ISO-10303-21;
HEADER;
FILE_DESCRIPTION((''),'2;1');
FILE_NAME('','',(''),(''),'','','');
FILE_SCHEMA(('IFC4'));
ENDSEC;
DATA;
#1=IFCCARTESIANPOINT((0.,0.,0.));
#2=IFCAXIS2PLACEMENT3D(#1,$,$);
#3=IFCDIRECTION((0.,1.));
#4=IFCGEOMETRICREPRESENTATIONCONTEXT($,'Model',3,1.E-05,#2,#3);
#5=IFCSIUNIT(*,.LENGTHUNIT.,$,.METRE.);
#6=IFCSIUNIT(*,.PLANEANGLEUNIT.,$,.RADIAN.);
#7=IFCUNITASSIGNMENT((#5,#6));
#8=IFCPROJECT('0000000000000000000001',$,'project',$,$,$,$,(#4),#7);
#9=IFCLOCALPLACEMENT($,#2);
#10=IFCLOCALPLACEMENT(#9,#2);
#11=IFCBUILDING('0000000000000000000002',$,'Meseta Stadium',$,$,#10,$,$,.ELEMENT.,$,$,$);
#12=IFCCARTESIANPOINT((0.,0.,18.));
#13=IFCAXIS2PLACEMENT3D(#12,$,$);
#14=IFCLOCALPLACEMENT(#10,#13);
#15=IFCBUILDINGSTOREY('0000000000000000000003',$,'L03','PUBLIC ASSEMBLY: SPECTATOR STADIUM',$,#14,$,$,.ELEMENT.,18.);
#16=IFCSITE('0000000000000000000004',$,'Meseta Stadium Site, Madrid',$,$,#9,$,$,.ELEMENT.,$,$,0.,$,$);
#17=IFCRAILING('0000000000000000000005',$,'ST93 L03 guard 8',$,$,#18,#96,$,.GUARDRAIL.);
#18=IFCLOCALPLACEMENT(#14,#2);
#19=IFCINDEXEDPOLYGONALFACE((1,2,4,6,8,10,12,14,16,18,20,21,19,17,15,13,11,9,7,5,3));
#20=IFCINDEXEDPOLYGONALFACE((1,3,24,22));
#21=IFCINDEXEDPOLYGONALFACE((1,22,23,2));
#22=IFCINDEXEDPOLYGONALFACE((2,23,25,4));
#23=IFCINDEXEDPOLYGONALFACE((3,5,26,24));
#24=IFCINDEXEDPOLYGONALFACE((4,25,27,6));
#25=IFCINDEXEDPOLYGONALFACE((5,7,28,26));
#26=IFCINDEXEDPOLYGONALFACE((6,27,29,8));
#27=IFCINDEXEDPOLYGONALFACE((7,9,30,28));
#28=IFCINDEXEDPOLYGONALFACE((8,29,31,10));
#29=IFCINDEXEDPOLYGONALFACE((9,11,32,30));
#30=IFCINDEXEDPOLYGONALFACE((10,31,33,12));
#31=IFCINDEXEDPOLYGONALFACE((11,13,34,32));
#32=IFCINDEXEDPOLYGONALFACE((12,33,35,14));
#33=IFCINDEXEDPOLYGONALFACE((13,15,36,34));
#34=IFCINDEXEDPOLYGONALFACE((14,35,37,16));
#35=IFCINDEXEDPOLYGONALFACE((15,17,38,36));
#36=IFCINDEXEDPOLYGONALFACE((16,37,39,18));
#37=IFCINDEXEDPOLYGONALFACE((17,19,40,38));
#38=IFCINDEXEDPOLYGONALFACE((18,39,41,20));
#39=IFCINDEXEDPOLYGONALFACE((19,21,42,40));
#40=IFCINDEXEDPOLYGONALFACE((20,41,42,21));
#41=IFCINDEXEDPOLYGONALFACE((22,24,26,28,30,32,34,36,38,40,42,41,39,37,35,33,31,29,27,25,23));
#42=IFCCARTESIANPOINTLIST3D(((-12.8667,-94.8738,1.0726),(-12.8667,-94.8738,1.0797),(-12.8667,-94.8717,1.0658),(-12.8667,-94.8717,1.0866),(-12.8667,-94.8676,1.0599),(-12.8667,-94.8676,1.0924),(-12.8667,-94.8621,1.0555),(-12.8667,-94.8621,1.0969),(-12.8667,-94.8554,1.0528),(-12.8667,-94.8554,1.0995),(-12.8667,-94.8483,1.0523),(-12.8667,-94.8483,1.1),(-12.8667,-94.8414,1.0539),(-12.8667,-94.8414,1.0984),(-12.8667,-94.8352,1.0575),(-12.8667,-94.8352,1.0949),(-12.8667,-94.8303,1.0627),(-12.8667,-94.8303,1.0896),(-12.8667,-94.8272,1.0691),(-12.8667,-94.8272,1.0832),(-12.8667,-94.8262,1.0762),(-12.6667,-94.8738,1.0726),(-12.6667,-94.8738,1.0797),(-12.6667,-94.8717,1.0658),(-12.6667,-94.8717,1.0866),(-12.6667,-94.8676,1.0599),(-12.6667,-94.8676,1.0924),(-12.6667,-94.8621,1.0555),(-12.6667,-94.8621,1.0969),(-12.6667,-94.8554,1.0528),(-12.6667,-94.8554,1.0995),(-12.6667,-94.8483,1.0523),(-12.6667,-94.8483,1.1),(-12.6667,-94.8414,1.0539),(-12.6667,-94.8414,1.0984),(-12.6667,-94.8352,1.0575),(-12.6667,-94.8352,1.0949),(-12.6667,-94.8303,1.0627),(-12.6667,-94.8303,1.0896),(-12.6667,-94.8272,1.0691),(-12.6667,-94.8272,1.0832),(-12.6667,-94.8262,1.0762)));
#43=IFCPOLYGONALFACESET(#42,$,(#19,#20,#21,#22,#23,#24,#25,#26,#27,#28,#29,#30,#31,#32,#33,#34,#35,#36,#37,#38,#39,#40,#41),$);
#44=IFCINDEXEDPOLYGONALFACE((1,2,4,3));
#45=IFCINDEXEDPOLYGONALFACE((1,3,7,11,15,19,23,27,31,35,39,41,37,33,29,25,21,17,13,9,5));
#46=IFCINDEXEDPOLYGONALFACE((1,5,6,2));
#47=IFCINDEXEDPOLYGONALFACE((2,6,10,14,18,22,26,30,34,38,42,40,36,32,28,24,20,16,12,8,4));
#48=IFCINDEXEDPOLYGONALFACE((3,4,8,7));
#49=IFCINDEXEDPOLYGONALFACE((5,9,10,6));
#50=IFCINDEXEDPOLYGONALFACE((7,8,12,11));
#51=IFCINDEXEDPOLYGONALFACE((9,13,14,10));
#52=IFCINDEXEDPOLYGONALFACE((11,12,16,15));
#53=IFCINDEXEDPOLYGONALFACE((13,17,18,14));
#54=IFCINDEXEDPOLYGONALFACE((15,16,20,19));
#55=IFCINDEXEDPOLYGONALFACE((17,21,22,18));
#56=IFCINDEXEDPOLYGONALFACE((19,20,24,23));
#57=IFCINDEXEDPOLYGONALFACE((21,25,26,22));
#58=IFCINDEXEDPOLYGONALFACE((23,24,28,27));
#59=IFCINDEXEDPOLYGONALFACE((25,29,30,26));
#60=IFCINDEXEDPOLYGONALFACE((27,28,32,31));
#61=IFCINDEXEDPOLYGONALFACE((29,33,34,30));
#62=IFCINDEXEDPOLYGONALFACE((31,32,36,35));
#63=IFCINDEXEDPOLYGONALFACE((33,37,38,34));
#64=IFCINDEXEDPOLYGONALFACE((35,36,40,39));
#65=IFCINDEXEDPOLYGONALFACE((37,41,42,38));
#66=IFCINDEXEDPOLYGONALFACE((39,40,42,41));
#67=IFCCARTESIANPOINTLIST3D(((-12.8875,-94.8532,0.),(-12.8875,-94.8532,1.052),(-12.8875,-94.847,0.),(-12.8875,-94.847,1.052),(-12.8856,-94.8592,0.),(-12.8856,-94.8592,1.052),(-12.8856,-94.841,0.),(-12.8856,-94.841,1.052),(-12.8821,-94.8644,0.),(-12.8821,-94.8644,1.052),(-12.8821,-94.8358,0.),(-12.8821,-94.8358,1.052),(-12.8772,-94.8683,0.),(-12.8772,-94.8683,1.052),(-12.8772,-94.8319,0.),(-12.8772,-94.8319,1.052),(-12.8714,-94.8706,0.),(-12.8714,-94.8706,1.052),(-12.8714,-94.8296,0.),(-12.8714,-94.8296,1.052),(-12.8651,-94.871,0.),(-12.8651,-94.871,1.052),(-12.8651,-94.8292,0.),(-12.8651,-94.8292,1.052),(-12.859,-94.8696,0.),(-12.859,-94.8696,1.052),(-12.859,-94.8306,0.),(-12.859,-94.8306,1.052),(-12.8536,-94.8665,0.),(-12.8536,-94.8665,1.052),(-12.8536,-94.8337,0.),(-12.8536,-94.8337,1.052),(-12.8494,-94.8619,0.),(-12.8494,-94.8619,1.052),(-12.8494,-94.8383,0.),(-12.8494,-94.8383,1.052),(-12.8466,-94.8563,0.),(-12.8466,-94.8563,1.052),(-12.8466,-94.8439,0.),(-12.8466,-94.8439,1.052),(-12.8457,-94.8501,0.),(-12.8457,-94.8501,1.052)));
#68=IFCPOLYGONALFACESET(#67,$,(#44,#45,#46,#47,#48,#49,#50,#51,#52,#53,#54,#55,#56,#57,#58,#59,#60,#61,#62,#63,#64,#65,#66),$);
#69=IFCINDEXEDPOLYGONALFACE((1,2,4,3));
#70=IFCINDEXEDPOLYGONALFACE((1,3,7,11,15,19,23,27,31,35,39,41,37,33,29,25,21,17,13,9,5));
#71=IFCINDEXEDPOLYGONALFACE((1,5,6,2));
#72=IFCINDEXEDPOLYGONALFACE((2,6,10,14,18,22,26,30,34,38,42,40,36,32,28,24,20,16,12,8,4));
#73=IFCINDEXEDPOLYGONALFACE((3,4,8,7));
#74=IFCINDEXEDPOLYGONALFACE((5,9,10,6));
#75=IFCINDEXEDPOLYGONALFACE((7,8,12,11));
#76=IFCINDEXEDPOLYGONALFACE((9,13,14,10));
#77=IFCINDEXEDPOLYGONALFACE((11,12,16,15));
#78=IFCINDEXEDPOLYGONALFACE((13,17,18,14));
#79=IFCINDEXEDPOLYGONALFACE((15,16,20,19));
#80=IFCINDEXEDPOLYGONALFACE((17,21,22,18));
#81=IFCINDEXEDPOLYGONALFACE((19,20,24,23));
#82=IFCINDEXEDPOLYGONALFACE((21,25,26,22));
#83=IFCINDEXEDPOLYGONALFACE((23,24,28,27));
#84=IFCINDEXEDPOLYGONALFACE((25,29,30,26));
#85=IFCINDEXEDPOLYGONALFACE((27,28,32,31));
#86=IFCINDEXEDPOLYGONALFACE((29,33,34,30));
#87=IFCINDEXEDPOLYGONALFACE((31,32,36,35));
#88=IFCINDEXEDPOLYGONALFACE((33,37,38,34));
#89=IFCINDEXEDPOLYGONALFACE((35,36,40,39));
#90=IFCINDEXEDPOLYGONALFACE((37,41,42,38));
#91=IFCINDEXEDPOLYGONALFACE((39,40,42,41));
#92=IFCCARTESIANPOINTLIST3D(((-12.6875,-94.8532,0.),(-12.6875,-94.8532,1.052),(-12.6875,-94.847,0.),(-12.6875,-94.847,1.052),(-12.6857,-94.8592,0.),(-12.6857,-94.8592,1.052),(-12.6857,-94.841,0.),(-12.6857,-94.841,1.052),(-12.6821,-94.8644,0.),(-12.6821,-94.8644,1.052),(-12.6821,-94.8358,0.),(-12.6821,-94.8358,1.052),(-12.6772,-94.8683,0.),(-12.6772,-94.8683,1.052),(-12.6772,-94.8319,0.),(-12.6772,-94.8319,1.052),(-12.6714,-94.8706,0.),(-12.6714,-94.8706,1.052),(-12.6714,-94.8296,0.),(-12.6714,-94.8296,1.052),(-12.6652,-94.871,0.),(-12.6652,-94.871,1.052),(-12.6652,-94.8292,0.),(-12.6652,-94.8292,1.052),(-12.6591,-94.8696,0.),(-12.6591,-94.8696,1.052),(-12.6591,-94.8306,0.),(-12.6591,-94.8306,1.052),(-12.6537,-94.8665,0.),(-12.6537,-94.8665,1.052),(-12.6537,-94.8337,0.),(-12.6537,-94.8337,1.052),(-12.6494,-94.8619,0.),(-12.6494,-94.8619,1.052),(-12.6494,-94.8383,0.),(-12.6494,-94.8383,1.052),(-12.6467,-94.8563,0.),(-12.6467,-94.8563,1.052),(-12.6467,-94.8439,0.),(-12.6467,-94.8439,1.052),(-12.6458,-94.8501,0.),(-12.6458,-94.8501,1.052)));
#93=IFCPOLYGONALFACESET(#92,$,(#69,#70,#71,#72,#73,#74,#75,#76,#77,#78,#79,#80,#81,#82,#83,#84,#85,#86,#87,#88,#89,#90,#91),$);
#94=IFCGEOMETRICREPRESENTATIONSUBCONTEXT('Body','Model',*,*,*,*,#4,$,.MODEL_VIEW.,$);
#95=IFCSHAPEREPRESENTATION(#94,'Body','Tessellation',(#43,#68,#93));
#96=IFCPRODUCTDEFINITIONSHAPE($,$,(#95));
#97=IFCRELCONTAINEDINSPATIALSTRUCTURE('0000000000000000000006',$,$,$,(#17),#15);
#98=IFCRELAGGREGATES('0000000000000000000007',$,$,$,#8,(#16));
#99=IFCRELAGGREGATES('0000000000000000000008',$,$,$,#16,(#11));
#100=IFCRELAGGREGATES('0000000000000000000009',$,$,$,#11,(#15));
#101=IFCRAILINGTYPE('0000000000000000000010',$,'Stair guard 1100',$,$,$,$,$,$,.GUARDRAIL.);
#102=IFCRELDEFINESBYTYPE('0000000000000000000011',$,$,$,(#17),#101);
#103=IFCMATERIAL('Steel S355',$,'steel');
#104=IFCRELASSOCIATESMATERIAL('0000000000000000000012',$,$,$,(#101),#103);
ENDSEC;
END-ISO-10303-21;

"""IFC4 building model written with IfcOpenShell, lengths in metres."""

from ifc_helpers import new_model, si_unit, direction, frame, origin, origin_2d, place, context, subcontext, project, spatial, circle, extrude, material, type_object, element, save


model = new_model("IFC4")

# Units and contexts
model_context = context("Model", 3, precision=1e-05, world=origin(), true_north=direction((0.0, 1.0)))
body_context = subcontext(model_context, "Body", "Model", "MODEL_VIEW")
ifc_project = project(units=[si_unit("LENGTHUNIT", "METRE"), si_unit("PLANEANGLEUNIT", "RADIAN")], contexts=[model_context])

# Site, building, storey
site_placement = place(None, origin())
site = spatial("IfcSite", under=ifc_project, at=site_placement, Name="Meseta Stadium Site, Madrid", CompositionType="ELEMENT", RefElevation=0.0)
building_placement = place(site_placement, origin())
building = spatial("IfcBuilding", under=site, at=building_placement, Name="Meseta Stadium", CompositionType="ELEMENT")
storey_placement = place(building_placement, frame((0.0, 0.0, 18.0)))
storey = spatial("IfcBuildingStorey", under=building, at=storey_placement, Name="L03", Description="PUBLIC ASSEMBLY: SPECTATOR STADIUM", CompositionType="ELEMENT", Elevation=18.0)

# Railing
ifc_material_1 = material(Name="Steel S355", Category="steel")
railing_type_1 = type_object("IfcRailingType", Name="Stair guard 1100", PredefinedType="GUARDRAIL", material=ifc_material_1)
for number, where, name in (
    (1, (-12.8667, -94.8501, 0.0), "ST93 L03 guard 8"),
):
    element("IfcRailing", number, at=place(storey_placement, frame(where)), inside=storey, type_object=railing_type_1, Name=name, PredefinedType="GUARDRAIL", context=body_context, shape_type="SweptSolid", body=[
        extrude(circle(Radius=0.0239, at=origin_2d()), frame((0.0, 0.0, 1.0762), z_axis=(1.0, 0.0, 0.0), x_axis=(0.0, 1.0, 0.0)), (0.0, 0.0, 1.0), 0.2),
        extrude(circle(Radius=0.021, at=origin_2d()), origin(), (0.0, 0.0, 1.0), 1.052),
        extrude(circle(Radius=0.021, at=origin_2d()), frame((0.2, 0.0, 0.0)), (0.0, 0.0, 1.0), 1.052),
    ])

save(model, "model.ifc")
